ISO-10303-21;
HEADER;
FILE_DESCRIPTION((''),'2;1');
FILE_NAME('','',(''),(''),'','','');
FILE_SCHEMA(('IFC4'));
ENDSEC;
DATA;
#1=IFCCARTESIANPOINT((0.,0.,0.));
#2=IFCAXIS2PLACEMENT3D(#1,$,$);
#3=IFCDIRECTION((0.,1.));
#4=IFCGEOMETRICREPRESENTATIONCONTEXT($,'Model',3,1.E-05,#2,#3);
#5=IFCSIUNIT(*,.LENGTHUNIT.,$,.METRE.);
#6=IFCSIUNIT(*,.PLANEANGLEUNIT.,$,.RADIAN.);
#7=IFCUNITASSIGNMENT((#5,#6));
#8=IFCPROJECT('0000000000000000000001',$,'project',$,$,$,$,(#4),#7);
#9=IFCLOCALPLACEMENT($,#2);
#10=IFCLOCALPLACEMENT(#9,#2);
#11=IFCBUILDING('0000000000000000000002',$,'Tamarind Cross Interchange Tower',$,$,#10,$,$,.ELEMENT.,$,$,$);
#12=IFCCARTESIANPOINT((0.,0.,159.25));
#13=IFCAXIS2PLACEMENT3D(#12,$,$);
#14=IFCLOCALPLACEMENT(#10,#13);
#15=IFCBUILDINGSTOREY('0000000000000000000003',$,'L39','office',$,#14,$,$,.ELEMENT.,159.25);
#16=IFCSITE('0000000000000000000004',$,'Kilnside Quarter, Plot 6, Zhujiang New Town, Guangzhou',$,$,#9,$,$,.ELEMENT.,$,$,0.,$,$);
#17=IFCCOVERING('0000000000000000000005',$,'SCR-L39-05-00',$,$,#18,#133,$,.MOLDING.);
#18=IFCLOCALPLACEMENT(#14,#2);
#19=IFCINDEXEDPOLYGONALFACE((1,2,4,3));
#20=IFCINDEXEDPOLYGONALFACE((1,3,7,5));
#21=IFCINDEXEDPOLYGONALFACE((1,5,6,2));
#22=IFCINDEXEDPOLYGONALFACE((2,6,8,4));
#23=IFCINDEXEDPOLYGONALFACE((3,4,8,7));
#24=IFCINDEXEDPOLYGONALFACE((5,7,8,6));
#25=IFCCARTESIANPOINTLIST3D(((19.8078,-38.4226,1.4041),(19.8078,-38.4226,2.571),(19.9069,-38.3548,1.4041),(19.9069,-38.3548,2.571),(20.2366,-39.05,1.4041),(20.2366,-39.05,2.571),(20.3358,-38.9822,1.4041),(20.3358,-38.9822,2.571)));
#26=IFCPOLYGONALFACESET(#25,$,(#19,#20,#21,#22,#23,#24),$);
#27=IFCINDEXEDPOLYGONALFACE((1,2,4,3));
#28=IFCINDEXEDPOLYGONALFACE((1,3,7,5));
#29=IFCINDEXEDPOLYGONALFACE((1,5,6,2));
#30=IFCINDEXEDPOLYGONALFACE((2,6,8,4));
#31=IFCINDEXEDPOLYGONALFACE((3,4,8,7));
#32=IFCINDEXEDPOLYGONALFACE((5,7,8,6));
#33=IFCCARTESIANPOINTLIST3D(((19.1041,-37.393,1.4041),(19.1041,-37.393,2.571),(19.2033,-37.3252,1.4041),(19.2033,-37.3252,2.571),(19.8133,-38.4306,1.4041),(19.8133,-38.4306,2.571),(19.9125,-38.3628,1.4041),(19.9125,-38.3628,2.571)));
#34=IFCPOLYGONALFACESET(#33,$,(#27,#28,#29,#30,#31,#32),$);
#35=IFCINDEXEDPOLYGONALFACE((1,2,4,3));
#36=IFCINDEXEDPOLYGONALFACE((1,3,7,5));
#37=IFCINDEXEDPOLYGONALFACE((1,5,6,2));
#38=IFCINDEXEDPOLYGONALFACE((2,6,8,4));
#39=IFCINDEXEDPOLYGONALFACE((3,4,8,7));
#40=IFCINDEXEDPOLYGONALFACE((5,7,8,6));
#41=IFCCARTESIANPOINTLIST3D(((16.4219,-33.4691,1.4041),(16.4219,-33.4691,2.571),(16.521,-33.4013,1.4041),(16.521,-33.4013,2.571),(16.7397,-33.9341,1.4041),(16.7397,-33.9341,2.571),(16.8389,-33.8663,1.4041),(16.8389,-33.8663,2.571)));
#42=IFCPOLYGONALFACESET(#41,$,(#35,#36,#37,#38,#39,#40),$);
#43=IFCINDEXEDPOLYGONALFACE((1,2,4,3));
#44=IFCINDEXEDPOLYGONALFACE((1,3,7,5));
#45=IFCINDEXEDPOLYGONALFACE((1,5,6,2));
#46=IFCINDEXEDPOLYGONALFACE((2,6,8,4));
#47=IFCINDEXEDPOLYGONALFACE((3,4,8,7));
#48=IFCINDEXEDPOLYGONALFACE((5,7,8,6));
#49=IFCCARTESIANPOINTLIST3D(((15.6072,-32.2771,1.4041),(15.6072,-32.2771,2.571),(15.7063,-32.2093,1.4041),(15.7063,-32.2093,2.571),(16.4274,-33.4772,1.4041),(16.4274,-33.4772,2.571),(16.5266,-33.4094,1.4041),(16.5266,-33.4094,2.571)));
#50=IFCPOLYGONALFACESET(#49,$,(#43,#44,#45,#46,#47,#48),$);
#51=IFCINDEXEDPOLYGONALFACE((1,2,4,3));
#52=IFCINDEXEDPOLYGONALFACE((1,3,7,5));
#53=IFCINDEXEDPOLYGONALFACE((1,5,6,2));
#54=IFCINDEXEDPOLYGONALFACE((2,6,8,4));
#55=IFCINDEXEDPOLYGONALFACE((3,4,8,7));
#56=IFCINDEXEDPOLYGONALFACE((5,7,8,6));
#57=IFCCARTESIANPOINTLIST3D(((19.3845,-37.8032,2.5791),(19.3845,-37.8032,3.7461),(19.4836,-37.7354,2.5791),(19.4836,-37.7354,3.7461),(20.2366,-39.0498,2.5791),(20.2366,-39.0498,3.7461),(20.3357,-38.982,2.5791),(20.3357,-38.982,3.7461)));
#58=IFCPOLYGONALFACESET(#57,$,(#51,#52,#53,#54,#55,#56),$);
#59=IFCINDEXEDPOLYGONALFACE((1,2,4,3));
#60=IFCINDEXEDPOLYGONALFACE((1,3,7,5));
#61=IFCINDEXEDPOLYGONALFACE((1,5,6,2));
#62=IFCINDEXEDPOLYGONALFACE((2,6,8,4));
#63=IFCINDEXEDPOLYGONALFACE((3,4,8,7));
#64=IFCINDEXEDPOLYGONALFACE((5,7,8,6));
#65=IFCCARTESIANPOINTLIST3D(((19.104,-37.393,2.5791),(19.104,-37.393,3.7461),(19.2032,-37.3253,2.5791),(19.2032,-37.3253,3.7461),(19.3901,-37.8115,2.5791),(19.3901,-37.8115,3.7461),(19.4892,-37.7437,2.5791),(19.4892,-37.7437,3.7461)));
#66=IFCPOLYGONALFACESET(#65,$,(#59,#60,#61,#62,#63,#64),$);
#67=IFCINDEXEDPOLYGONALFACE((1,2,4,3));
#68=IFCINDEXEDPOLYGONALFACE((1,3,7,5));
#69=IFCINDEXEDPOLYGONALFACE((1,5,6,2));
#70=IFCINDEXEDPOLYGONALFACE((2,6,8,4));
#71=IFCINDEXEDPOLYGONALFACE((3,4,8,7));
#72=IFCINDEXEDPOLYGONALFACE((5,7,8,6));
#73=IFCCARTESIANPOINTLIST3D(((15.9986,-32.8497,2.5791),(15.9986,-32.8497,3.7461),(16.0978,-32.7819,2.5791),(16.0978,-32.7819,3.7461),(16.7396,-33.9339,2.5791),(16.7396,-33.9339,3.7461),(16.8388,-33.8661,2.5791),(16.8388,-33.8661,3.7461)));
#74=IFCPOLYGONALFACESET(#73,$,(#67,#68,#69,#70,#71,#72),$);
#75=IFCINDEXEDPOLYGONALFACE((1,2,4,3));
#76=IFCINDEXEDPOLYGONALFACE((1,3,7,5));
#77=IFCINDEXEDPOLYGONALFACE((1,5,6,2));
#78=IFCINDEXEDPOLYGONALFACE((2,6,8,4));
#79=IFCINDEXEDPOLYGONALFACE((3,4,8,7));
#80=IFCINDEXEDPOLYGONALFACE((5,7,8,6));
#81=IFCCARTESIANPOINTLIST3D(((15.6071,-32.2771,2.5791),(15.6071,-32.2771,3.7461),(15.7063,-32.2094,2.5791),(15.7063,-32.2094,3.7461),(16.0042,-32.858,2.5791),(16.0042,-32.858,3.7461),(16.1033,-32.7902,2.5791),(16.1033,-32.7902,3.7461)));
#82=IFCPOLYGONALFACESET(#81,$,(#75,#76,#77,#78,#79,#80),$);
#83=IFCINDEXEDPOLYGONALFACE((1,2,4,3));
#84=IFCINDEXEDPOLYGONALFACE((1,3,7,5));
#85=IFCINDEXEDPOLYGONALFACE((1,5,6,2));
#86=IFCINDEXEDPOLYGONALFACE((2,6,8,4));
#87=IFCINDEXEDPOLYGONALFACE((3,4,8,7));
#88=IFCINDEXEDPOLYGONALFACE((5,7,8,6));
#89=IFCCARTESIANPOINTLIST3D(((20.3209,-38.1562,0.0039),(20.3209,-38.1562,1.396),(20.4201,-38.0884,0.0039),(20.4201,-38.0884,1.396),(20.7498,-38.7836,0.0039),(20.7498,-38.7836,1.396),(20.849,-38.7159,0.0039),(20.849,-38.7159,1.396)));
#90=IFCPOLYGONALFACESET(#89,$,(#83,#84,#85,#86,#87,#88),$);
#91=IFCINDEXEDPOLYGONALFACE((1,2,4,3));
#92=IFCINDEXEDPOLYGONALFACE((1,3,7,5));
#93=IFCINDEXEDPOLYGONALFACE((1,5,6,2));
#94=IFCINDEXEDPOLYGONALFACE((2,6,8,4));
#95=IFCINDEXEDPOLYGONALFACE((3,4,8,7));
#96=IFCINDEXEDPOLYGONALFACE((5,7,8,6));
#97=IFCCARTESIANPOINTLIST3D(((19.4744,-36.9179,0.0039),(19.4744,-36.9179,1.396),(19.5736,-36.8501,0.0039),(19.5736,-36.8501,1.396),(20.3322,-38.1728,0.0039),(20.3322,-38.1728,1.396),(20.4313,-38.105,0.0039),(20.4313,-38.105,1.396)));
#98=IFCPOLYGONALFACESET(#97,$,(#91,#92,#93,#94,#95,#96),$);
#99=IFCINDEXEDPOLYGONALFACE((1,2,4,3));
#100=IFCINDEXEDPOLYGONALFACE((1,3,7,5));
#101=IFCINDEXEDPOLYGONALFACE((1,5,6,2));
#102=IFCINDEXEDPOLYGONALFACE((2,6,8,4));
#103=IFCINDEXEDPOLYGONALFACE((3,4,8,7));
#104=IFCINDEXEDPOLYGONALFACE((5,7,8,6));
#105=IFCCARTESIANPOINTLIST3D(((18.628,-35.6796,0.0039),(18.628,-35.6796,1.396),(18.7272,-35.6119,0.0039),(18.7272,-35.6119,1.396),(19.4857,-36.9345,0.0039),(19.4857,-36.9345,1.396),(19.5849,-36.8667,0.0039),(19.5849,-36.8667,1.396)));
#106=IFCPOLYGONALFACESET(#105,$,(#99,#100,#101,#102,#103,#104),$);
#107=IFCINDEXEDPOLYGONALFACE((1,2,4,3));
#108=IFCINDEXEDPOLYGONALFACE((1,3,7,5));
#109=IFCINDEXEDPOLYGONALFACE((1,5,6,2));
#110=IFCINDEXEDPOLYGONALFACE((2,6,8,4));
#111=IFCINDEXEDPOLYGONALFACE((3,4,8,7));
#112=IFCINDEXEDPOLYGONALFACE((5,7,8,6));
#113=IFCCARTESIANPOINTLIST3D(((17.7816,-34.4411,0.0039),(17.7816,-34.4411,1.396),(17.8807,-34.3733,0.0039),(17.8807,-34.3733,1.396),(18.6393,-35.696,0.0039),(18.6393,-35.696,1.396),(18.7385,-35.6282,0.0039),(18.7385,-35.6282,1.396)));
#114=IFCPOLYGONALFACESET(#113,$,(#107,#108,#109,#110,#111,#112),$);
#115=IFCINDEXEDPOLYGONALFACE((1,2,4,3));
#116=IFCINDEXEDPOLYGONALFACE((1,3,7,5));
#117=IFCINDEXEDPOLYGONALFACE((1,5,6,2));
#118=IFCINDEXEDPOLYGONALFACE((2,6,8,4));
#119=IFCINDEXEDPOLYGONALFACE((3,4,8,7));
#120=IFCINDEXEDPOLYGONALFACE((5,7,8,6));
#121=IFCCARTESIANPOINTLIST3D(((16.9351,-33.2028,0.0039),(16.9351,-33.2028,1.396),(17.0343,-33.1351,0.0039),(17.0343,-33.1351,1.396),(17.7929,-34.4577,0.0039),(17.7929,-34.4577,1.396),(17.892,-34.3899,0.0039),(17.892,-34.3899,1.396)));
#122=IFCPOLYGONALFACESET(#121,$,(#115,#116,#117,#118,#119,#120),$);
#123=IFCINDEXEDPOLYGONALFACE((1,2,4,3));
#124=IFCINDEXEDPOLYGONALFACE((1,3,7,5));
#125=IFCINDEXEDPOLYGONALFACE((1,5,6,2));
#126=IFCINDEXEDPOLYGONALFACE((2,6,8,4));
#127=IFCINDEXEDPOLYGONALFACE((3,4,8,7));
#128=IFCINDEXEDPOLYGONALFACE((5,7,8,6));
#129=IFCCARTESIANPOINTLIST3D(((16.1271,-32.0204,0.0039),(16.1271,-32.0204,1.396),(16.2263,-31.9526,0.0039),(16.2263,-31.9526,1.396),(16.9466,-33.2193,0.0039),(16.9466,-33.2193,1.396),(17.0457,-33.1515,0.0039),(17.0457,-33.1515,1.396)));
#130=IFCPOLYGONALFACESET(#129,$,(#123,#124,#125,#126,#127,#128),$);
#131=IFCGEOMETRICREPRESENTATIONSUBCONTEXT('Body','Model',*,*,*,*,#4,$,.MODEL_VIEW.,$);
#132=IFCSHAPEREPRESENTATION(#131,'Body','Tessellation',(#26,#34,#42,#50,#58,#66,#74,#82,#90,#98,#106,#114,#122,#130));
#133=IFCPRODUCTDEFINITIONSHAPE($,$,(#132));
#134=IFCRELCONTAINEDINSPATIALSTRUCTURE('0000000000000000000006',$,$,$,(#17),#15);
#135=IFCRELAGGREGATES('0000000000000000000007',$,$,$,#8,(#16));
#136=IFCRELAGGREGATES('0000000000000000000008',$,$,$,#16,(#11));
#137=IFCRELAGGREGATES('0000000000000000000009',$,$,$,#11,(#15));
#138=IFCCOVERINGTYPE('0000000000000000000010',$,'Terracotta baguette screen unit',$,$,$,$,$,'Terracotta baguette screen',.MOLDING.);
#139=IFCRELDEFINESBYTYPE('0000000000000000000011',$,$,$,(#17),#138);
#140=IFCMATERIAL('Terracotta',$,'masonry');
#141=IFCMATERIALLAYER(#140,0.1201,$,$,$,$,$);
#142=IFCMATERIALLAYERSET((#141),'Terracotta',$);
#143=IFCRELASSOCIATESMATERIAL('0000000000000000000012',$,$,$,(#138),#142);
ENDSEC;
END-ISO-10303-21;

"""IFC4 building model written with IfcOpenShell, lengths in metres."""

from ifc_helpers import new_model, si_unit, direction, frame, origin, origin_2d, place, context, subcontext, project, spatial, rectangle, extrude, material, layer, layer_set, type_object, element, save


model = new_model("IFC4")

# Units and contexts
model_context = context("Model", 3, precision=1e-05, world=origin(), true_north=direction((0.0, 1.0)))
body_context = subcontext(model_context, "Body", "Model", "MODEL_VIEW")
ifc_project = project(units=[si_unit("LENGTHUNIT", "METRE"), si_unit("PLANEANGLEUNIT", "RADIAN")], contexts=[model_context])

# Site, building, storey
site_placement = place(None, origin())
site = spatial("IfcSite", under=ifc_project, at=site_placement, Name="Kilnside Quarter, Plot 6, Zhujiang New Town, Guangzhou", CompositionType="ELEMENT", RefElevation=0.0)
building_placement = place(site_placement, origin())
building = spatial("IfcBuilding", under=site, at=building_placement, Name="Tamarind Cross Interchange Tower", CompositionType="ELEMENT")
storey_placement = place(building_placement, frame((0.0, 0.0, 159.25)))
storey = spatial("IfcBuildingStorey", under=building, at=storey_placement, Name="L39", Description="office", CompositionType="ELEMENT", Elevation=159.25)

# Covering
ifc_material_1 = material(Name="Terracotta", Category="masonry")
ifc_layer_1 = layer(ifc_material_1, 0.1201)
ifc_layer_set_1 = layer_set([ifc_layer_1], Name="Terracotta")
covering_type = type_object("IfcCoveringType", Name="Terracotta baguette screen unit", ElementType="Terracotta baguette screen", PredefinedType="MOLDING", material=ifc_layer_set_1)
covering_1_placement = place(storey_placement, origin())
element("IfcCovering", 1, at=covering_1_placement, inside=storey, type_object=covering_type, Name="SCR-L39-05-00", PredefinedType="MOLDING", context=body_context, shape_type="SweptSolid", body=[
    extrude(rectangle(XDim=0.76, YDim=0.1201, at=origin_2d()), frame((20.0718, -38.7024, 1.4041), z_axis=(0.0, 0.0, 1.0), x_axis=(-0.564301, 0.825569, 0.0)), (0.0, 0.0, 1.0), 1.167),
    extrude(rectangle(XDim=1.2568, YDim=0.1201, at=origin_2d()), frame((19.5083, -37.8779, 1.4041), z_axis=(0.0, 0.0, 1.0), x_axis=(-0.564301, 0.825569, 0.0)), (0.0, 0.0, 1.0), 1.167),
    extrude(rectangle(XDim=0.5632, YDim=0.1201, at=origin_2d()), frame((16.6304, -33.6677, 1.4041), z_axis=(0.0, 0.0, 1.0), x_axis=(-0.564301, 0.825569, 0.0)), (0.0, 0.0, 1.0), 1.167),
    extrude(rectangle(XDim=1.4536, YDim=0.1201, at=origin_2d()), frame((16.0669, -32.8433, 1.4041), z_axis=(0.0, 0.0, 1.0), x_axis=(-0.564301, 0.825569, 0.0)), (0.0, 0.0, 1.0), 1.167),
    extrude(rectangle(XDim=1.51, YDim=0.1201, at=origin_2d()), frame((19.8601, -38.3926, 2.5791), z_axis=(0.0, 0.0, 1.0), x_axis=(-0.564301, 0.825569, 0.0)), (0.0, 0.0, 1.0), 1.167),
    extrude(rectangle(XDim=0.5068, YDim=0.1201, at=origin_2d()), frame((19.2966, -37.5684, 2.5791), z_axis=(0.0, 0.0, 1.0), x_axis=(-0.564301, 0.825569, 0.0)), (0.0, 0.0, 1.0), 1.167),
    extrude(rectangle(XDim=1.3132, YDim=0.1201, at=origin_2d()), frame((16.4187, -33.3579, 2.5791), z_axis=(0.0, 0.0, 1.0), x_axis=(-0.564301, 0.825569, 0.0)), (0.0, 0.0, 1.0), 1.167),
    extrude(rectangle(XDim=0.7036, YDim=0.1201, at=origin_2d()), frame((15.8552, -32.5337, 2.5791), z_axis=(0.0, 0.0, 1.0), x_axis=(-0.564301, 0.825569, 0.0)), (0.0, 0.0, 1.0), 1.167),
    extrude(rectangle(XDim=0.76, YDim=0.1201, at=origin_2d()), frame((20.585, -38.436, 0.0039), z_axis=(0.0, 0.0, 1.0), x_axis=(-0.564301, 0.825569, 0.0)), (0.0, 0.0, 1.0), 1.3921),
    extrude(rectangle(XDim=1.52, YDim=0.1201, at=origin_2d()), frame((19.9529, -37.5115, 0.0039), z_axis=(0.0, 0.0, 1.0), x_axis=(-0.564301, 0.825569, 0.0)), (0.0, 0.0, 1.0), 1.3921),
    extrude(rectangle(XDim=1.52, YDim=0.1201, at=origin_2d()), frame((19.1064, -36.2732, 0.0039), z_axis=(0.0, 0.0, 1.0), x_axis=(-0.564301, 0.825569, 0.0)), (0.0, 0.0, 1.0), 1.3921),
    extrude(rectangle(XDim=1.52, YDim=0.1201, at=origin_2d()), frame((18.26, -35.0347, 0.0039), z_axis=(0.0, 0.0, 1.0), x_axis=(-0.564301, 0.825569, 0.0)), (0.0, 0.0, 1.0), 1.3921),
    extrude(rectangle(XDim=1.52, YDim=0.1201, at=origin_2d()), frame((17.4136, -33.7964, 0.0039), z_axis=(0.0, 0.0, 1.0), x_axis=(-0.564301, 0.825569, 0.0)), (0.0, 0.0, 1.0), 1.3921),
    extrude(rectangle(XDim=1.4521, YDim=0.1201, at=origin_2d()), frame((16.5864, -32.5859, 0.0039), z_axis=(0.0, 0.0, 1.0), x_axis=(-0.564301, 0.825569, 0.0)), (0.0, 0.0, 1.0), 1.3921),
])

save(model, "model.ifc")
